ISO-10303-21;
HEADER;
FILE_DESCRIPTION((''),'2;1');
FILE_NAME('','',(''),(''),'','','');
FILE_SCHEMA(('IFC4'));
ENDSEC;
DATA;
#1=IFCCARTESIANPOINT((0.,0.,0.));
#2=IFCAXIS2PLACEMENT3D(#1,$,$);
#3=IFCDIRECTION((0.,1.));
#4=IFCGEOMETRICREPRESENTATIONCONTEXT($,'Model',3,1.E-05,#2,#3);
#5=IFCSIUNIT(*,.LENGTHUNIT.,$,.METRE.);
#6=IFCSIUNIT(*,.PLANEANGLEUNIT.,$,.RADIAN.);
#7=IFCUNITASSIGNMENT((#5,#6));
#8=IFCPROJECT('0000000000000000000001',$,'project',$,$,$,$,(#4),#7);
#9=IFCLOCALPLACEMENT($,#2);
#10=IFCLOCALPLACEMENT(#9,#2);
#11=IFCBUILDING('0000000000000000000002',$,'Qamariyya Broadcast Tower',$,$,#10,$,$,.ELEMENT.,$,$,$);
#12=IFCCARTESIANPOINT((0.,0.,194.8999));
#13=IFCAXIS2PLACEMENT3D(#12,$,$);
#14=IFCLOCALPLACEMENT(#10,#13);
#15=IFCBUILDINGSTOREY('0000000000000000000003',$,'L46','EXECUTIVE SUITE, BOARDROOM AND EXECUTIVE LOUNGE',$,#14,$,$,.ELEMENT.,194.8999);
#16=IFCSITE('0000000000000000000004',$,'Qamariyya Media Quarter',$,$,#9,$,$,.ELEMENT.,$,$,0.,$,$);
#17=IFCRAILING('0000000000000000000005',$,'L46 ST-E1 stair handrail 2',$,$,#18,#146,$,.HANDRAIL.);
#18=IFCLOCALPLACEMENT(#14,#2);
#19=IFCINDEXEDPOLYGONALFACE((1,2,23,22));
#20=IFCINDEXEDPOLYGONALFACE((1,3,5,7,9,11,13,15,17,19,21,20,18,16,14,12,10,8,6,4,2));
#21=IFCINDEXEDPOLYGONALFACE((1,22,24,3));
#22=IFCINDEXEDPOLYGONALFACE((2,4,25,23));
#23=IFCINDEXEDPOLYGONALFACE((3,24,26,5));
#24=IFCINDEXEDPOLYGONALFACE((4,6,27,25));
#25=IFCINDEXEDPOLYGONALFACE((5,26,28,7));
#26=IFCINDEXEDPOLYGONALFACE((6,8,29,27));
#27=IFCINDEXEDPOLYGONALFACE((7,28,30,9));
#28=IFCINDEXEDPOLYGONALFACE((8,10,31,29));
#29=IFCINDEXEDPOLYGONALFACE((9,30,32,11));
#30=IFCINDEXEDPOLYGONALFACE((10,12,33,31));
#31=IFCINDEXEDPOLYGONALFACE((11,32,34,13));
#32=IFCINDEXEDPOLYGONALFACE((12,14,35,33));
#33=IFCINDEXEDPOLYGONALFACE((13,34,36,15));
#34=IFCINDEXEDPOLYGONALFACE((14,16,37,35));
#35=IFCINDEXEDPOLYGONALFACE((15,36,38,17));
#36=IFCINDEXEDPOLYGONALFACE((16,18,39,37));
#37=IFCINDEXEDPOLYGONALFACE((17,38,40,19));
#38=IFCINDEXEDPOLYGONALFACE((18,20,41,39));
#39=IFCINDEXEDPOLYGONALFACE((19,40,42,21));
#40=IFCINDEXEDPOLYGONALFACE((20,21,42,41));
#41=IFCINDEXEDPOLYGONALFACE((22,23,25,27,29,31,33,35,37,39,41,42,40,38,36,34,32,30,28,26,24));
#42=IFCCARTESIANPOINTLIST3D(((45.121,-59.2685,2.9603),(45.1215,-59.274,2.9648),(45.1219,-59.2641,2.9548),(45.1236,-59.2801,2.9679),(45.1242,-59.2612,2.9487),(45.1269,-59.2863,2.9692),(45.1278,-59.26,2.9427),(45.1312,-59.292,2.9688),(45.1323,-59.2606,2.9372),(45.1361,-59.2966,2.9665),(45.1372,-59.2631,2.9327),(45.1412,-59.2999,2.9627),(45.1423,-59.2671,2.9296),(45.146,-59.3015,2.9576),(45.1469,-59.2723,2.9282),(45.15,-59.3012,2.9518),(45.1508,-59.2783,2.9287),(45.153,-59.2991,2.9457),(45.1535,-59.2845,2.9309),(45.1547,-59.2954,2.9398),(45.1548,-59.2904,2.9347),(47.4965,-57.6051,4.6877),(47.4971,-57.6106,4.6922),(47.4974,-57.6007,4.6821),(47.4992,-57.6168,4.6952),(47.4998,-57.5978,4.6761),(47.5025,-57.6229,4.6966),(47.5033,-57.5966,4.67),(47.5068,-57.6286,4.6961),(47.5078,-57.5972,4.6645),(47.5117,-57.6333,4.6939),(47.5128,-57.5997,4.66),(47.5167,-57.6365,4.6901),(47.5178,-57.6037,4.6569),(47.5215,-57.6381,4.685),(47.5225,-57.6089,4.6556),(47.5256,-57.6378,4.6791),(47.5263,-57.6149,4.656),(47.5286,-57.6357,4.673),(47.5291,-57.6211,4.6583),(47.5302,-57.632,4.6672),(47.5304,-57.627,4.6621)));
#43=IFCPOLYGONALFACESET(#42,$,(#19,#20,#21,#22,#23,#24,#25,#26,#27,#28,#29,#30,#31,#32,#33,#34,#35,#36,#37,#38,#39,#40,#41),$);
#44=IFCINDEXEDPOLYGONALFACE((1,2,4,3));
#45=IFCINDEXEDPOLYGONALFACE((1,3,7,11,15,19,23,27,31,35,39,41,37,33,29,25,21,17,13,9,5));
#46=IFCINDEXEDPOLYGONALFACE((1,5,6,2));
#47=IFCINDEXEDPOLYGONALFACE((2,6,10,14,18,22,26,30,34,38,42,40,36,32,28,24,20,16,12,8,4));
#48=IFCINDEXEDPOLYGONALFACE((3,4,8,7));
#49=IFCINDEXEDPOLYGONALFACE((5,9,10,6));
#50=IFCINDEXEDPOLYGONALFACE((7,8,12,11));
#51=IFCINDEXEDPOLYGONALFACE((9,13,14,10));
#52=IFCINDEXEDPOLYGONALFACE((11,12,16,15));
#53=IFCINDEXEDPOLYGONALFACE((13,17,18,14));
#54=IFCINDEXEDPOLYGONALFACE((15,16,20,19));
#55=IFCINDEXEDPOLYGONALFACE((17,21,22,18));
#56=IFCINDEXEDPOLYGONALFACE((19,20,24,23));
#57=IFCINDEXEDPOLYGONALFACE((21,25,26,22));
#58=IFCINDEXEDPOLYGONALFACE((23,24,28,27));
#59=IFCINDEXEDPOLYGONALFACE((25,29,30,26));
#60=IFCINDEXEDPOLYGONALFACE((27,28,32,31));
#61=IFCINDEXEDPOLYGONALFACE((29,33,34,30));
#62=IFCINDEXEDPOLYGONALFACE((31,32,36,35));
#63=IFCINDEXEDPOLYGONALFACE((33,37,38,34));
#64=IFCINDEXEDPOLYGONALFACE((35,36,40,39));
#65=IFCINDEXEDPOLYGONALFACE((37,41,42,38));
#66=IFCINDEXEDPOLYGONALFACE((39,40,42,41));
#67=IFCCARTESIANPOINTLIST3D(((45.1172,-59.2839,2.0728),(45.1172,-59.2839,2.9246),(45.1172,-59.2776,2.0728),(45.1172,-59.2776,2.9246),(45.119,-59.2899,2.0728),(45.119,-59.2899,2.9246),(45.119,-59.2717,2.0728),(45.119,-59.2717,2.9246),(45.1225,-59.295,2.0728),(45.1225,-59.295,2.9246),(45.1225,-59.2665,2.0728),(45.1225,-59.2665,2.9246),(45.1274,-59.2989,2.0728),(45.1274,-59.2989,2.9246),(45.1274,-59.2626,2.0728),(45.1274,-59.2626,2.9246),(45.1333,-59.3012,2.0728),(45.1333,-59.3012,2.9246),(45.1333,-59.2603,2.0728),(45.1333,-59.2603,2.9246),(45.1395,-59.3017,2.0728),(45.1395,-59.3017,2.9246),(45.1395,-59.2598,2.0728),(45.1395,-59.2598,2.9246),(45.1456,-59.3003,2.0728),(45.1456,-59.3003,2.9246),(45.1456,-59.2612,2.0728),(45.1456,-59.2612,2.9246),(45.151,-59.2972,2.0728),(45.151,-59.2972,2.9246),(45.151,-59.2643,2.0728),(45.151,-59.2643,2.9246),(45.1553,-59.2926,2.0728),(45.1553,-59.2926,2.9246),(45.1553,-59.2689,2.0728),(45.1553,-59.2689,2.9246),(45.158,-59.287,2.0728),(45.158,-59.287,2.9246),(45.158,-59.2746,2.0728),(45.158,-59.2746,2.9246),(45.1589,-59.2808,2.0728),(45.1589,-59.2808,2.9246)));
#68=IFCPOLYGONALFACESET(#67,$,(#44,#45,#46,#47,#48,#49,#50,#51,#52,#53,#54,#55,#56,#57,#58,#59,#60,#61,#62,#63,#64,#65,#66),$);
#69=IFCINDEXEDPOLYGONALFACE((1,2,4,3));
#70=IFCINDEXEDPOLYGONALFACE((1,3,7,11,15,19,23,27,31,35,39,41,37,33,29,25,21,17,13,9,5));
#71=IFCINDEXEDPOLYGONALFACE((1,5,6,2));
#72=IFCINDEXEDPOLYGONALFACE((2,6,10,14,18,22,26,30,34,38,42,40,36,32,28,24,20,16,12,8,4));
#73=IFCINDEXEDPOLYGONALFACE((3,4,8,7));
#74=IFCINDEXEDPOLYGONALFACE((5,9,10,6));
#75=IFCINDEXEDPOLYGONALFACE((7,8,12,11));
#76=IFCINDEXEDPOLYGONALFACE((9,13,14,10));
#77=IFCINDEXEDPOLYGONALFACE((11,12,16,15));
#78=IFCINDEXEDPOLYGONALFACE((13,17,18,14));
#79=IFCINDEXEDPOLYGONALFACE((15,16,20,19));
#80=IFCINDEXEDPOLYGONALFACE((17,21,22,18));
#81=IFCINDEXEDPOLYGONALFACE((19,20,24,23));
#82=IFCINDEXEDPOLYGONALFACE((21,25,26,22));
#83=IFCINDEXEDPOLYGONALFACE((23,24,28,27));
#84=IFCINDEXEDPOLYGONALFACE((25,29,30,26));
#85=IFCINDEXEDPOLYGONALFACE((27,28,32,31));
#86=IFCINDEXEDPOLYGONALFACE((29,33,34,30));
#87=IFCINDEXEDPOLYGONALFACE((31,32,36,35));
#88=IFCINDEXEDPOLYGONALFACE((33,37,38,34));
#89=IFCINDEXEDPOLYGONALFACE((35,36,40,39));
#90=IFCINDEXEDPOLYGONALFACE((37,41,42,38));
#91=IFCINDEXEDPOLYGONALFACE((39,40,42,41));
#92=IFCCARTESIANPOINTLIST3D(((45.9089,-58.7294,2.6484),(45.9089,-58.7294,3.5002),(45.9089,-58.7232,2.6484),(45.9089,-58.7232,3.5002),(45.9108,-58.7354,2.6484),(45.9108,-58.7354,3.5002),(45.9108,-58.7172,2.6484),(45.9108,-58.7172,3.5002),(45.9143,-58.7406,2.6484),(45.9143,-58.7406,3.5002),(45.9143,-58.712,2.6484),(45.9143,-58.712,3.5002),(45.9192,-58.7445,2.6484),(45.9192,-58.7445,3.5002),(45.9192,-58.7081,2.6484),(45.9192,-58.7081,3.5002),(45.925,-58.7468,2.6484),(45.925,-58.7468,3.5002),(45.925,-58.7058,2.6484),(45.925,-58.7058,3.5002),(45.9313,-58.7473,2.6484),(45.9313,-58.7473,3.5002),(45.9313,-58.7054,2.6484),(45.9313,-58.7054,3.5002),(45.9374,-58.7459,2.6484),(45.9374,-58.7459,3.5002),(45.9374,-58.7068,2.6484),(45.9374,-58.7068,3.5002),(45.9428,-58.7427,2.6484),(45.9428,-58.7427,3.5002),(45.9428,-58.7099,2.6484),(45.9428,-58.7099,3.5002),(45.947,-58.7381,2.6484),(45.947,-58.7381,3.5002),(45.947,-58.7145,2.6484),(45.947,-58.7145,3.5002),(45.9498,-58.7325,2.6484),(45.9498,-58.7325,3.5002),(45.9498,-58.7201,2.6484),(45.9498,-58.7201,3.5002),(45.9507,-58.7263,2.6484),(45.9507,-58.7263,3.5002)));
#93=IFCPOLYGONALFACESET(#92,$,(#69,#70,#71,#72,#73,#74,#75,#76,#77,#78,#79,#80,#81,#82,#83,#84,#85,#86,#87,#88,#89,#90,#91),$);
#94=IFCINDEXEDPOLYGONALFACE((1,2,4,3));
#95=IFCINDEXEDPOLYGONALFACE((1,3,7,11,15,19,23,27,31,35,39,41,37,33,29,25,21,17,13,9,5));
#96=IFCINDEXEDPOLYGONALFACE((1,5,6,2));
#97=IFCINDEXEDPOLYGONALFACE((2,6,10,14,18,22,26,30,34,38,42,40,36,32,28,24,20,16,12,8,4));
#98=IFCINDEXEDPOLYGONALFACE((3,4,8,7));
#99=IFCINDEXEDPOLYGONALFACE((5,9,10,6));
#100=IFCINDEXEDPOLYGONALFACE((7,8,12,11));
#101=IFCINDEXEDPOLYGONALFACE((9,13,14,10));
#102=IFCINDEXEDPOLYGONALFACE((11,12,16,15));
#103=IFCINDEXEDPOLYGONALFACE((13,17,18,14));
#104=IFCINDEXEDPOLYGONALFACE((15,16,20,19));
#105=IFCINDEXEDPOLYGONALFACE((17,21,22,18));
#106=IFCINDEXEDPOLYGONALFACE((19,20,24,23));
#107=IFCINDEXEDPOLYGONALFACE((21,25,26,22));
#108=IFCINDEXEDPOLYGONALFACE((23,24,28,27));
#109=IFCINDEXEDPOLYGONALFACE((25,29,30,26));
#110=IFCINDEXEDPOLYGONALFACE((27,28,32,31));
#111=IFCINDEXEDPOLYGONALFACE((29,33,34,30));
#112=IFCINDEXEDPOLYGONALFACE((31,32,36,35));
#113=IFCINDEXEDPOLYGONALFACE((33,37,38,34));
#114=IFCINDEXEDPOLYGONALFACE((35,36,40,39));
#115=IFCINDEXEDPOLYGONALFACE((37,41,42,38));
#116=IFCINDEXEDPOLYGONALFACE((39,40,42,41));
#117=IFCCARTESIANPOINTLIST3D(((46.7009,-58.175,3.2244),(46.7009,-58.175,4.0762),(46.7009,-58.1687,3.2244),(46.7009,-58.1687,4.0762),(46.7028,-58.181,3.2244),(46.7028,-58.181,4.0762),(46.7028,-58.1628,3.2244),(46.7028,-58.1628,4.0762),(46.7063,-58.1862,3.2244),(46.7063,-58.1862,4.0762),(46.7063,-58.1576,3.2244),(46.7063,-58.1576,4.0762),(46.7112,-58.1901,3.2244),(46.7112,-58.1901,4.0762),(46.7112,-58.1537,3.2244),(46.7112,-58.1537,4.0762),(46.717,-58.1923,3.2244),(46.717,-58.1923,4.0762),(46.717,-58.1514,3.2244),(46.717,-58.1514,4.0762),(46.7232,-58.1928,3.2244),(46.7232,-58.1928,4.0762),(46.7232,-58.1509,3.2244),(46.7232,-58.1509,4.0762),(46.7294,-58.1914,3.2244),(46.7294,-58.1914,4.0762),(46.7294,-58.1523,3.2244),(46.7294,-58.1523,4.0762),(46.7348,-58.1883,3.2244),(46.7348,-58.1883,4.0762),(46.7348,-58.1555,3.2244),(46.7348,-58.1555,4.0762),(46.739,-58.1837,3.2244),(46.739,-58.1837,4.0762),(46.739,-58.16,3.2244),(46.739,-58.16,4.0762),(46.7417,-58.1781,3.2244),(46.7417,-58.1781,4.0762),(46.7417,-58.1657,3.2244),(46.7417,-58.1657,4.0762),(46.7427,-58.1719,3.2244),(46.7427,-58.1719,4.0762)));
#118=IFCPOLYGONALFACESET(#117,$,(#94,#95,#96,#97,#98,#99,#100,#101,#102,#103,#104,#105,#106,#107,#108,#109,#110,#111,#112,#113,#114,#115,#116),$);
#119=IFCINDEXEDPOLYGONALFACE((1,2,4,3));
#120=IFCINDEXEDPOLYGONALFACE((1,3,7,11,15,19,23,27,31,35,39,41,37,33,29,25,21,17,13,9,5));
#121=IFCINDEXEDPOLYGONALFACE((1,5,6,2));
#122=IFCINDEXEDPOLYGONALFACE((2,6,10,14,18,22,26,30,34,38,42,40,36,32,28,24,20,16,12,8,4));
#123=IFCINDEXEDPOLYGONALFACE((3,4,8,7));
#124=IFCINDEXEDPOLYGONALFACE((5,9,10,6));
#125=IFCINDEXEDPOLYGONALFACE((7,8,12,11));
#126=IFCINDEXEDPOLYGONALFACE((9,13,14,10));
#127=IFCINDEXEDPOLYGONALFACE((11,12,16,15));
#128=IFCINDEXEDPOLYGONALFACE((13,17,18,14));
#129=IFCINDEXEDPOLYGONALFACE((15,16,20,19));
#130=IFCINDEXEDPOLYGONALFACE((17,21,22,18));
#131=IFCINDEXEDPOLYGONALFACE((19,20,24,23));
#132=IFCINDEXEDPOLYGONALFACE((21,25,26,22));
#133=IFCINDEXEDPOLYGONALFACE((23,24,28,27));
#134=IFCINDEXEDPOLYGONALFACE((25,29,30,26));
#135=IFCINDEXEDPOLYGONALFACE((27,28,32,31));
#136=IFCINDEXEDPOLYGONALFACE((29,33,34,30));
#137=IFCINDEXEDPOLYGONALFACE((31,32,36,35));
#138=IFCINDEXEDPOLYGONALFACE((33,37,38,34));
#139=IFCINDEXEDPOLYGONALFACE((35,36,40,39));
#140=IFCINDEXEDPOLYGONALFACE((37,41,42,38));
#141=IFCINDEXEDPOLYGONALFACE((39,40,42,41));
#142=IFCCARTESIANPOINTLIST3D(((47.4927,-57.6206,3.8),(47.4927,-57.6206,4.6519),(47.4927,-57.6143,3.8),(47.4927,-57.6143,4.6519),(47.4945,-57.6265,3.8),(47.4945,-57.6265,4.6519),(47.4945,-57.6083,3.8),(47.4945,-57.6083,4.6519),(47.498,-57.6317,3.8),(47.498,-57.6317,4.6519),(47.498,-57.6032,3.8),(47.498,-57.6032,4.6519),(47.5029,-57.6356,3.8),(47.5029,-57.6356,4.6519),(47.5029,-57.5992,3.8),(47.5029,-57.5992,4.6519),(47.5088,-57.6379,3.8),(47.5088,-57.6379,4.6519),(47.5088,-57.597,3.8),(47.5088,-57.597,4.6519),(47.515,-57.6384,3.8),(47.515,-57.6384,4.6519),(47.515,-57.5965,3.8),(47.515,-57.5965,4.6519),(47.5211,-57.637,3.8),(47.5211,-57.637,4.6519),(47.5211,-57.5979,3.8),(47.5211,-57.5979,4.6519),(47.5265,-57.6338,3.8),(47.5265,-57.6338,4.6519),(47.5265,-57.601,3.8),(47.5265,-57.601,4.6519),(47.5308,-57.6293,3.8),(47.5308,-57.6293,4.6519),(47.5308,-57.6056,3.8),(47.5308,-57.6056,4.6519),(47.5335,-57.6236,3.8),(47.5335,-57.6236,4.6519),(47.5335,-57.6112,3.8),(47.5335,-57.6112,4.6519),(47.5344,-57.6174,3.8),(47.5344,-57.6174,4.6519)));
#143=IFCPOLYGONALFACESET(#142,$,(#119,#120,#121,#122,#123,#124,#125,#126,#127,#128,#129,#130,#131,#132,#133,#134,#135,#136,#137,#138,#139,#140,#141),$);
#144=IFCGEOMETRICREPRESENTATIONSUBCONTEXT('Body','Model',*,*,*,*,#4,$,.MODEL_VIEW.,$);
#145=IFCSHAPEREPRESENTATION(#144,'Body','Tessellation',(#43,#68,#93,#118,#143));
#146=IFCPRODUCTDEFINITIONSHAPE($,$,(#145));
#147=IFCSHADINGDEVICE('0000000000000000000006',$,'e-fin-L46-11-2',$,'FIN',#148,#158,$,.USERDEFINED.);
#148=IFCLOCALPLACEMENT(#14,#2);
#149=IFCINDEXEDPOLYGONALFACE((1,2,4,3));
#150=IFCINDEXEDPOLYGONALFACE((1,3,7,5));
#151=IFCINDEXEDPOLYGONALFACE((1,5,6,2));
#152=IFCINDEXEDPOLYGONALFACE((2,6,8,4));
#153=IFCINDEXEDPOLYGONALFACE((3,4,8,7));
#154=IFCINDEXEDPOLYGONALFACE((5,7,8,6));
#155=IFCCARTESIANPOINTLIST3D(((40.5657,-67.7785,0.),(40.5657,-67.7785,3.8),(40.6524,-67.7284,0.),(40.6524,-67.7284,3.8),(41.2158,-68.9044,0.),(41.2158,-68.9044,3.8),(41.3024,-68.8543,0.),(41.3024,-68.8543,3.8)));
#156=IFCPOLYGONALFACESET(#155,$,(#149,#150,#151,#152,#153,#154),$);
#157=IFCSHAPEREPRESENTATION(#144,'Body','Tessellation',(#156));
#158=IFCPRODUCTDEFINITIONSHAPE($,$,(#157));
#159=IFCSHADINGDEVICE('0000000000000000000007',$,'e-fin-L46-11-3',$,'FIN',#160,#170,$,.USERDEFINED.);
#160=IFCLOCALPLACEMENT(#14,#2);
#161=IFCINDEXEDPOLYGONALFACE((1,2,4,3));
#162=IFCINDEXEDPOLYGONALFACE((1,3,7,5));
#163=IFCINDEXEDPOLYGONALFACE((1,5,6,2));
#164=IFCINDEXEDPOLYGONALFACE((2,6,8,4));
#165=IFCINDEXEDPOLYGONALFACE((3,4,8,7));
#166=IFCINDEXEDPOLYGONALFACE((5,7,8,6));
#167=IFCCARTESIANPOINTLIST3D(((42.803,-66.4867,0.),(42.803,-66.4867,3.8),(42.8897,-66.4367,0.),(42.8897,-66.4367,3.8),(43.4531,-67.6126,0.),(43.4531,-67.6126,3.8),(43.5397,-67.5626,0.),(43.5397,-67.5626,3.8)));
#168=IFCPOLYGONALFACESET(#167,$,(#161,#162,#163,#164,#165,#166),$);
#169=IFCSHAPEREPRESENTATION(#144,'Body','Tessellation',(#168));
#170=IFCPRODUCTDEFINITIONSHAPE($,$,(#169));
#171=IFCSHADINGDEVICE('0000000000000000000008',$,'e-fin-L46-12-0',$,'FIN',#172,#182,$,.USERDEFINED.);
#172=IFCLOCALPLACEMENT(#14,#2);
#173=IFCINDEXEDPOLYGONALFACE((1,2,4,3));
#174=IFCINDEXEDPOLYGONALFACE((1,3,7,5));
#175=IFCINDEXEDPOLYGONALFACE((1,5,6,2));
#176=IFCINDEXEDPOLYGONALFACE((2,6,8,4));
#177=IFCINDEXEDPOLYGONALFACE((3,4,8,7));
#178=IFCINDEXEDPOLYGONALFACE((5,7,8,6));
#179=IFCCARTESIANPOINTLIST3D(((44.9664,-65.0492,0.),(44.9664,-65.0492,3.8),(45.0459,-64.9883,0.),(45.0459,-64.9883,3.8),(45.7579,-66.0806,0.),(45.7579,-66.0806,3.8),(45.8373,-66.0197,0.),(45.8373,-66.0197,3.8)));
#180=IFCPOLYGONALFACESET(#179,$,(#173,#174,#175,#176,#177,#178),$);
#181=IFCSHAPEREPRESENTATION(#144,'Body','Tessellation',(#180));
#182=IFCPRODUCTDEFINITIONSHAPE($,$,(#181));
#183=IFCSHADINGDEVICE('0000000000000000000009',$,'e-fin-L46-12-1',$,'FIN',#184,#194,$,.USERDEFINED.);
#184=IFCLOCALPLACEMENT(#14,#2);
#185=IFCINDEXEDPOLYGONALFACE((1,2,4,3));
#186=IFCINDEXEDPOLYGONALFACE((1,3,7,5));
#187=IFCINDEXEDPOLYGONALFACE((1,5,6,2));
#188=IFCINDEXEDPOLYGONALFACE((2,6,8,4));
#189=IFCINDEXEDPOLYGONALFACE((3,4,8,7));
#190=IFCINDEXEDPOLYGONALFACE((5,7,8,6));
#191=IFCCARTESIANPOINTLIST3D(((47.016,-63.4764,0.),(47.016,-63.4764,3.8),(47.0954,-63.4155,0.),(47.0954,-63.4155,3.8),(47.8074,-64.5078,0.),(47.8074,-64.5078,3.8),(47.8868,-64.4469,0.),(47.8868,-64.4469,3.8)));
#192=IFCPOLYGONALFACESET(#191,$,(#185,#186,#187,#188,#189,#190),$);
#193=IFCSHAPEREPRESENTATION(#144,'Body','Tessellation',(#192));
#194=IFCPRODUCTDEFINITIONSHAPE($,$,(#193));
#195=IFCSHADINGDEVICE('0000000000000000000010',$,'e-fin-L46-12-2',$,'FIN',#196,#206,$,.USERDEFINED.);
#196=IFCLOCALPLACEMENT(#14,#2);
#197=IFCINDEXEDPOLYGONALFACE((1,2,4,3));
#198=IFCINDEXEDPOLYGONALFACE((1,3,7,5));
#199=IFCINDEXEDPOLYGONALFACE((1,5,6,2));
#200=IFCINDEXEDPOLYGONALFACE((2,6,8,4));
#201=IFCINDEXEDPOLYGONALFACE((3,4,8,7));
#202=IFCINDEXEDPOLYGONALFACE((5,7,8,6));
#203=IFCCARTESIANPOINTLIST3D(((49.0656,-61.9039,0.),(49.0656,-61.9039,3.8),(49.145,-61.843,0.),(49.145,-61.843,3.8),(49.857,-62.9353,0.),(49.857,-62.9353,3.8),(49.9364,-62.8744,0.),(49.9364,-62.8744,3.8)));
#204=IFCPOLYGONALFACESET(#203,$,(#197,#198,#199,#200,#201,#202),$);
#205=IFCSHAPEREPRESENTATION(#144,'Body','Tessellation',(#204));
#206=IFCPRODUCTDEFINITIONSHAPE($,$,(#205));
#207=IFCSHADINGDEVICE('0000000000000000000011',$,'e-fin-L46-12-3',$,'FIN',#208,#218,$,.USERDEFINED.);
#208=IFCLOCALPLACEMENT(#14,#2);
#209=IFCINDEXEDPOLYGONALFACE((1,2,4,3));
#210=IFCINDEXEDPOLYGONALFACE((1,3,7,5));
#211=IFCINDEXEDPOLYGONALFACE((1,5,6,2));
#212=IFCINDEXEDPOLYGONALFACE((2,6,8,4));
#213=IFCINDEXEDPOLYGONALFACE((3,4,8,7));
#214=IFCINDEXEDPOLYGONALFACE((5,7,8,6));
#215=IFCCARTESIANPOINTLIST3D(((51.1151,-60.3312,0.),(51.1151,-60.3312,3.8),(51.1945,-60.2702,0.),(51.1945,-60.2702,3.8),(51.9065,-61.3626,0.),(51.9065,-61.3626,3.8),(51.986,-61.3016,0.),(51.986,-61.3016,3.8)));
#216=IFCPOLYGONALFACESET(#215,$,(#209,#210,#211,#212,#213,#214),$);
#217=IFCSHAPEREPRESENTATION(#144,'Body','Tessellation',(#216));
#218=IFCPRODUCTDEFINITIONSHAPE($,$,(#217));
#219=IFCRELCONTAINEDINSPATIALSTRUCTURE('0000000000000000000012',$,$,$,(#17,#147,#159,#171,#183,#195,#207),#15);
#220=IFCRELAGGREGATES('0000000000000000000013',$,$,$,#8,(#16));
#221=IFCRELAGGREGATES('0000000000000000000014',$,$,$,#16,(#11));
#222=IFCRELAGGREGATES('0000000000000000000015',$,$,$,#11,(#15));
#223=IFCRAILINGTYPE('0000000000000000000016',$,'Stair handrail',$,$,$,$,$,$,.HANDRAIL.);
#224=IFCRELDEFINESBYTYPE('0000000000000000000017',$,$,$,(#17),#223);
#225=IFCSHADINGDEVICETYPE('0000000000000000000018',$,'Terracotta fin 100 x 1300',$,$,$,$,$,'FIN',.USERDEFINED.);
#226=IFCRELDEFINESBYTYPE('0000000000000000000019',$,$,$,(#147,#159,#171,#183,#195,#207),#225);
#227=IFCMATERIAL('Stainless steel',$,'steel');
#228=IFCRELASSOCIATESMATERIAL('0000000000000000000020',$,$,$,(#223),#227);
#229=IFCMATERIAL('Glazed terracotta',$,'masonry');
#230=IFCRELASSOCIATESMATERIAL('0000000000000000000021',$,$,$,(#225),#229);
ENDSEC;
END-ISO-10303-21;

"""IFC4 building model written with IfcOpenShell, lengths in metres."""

from ifc_helpers import new_model, si_unit, direction, frame, origin, origin_2d, place, context, subcontext, project, spatial, rectangle, circle, extrude, material, material_profile, profile_set, type_object, element, save


model = new_model("IFC4")

# Units and contexts
model_context = context("Model", 3, precision=1e-05, world=origin(), true_north=direction((0.0, 1.0)))
body_context = subcontext(model_context, "Body", "Model", "MODEL_VIEW")
ifc_project = project(units=[si_unit("LENGTHUNIT", "METRE"), si_unit("PLANEANGLEUNIT", "RADIAN")], contexts=[model_context])

# Site, building, storey
site_placement = place(None, origin())
site = spatial("IfcSite", under=ifc_project, at=site_placement, Name="Qamariyya Media Quarter", CompositionType="ELEMENT", RefElevation=0.0)
building_placement = place(site_placement, origin())
building = spatial("IfcBuilding", under=site, at=building_placement, Name="Qamariyya Broadcast Tower", CompositionType="ELEMENT")
storey_placement = place(building_placement, frame((0.0, 0.0, 194.8999)))
storey = spatial("IfcBuildingStorey", under=building, at=storey_placement, Name="L46", Description="EXECUTIVE SUITE, BOARDROOM AND EXECUTIVE LOUNGE", CompositionType="ELEMENT", Elevation=194.8999)

# Railing
ifc_material_1 = material(Name="Stainless steel", Category="steel")
railing_type_1 = type_object("IfcRailingType", Name="Stair handrail", PredefinedType="HANDRAIL", material=ifc_material_1)
railing_1_placement = place(storey_placement, frame((45.1379, -59.2808, 2.0728)))
element("IfcRailing", 1, at=railing_1_placement, inside=storey, type_object=railing_type_1, Name="L46 ST-E1 stair handrail 2", PredefinedType="HANDRAIL", context=body_context, shape_type="SweptSolid", body=[
    extrude(circle(Radius=0.0239, at=origin_2d()), frame((0.0, 0.0, 0.876), z_axis=(0.70377, 0.492784, 0.511734), x_axis=(-0.573575, 0.819153, 0.0)), (0.0, 0.0, 1.0), 3.3755),
    extrude(circle(Radius=0.021, at=origin_2d()), origin(), (0.0, 0.0, 1.0), 0.8518),
    extrude(circle(Radius=0.021, at=origin_2d()), frame((0.7917, 0.5544, 0.5757)), (0.0, 0.0, 1.0), 0.8518),
    extrude(circle(Radius=0.021, at=origin_2d()), frame((1.5837, 1.1089, 1.1516)), (0.0, 0.0, 1.0), 0.8518),
    extrude(circle(Radius=0.021, at=origin_2d()), frame((2.3755, 1.6633, 1.7273)), (0.0, 0.0, 1.0), 0.8518),
])

# Shading devices
ifc_material_2 = material(Name="Glazed terracotta", Category="masonry")
ifc_material_profile_1 = material_profile(ifc_material_2, rectangle(XDim=1.3, YDim=0.1001, at=origin_2d()))
ifc_profile_set_1 = profile_set([ifc_material_profile_1], Name="Glazed terracotta")
shading_device_type_1 = type_object("IfcShadingDeviceType", Name="Terracotta fin 100 x 1300", ElementType="FIN", PredefinedType="USERDEFINED", material=ifc_profile_set_1)
for number, where, z_axis, x_axis, name in (
    (2, (40.9341, -68.3164, 0.0), (0.0, 0.0, 1.0), (0.5, -0.866025, 0.0), "e-fin-L46-11-2"),
    (3, (43.1714, -67.0247, 0.0), (0.0, 0.0, 1.0), (0.5, -0.866025, 0.0), "e-fin-L46-11-3"),
    (4, (45.4019, -65.5344, 0.0), (0.0, 0.0, 1.0), (0.608761, -0.793353, 0.0), "e-fin-L46-12-0"),
    (5, (47.4514, -63.9617, 0.0), (0.0, 0.0, 1.0), (0.608761, -0.793353, 0.0), "e-fin-L46-12-1"),
    (6, (49.501, -62.3892, 0.0), (0.0, 0.0, 1.0), (0.608761, -0.793353, 0.0), "e-fin-L46-12-2"),
    (7, (51.5505, -60.8164, 0.0), (0.0, 0.0, 1.0), (0.608761, -0.793353, 0.0), "e-fin-L46-12-3"),
):
    element("IfcShadingDevice", number, at=place(storey_placement, frame(where, z_axis=z_axis, x_axis=x_axis)), inside=storey, type_object=shading_device_type_1, Name=name, ObjectType="FIN", PredefinedType="USERDEFINED", context=body_context, shape_type="SweptSolid", body=[
        extrude(rectangle(XDim=1.3, YDim=0.1001, at=origin_2d()), origin(), (0.0, 0.0, 1.0), 3.8),
    ])

save(model, "model.ifc")
